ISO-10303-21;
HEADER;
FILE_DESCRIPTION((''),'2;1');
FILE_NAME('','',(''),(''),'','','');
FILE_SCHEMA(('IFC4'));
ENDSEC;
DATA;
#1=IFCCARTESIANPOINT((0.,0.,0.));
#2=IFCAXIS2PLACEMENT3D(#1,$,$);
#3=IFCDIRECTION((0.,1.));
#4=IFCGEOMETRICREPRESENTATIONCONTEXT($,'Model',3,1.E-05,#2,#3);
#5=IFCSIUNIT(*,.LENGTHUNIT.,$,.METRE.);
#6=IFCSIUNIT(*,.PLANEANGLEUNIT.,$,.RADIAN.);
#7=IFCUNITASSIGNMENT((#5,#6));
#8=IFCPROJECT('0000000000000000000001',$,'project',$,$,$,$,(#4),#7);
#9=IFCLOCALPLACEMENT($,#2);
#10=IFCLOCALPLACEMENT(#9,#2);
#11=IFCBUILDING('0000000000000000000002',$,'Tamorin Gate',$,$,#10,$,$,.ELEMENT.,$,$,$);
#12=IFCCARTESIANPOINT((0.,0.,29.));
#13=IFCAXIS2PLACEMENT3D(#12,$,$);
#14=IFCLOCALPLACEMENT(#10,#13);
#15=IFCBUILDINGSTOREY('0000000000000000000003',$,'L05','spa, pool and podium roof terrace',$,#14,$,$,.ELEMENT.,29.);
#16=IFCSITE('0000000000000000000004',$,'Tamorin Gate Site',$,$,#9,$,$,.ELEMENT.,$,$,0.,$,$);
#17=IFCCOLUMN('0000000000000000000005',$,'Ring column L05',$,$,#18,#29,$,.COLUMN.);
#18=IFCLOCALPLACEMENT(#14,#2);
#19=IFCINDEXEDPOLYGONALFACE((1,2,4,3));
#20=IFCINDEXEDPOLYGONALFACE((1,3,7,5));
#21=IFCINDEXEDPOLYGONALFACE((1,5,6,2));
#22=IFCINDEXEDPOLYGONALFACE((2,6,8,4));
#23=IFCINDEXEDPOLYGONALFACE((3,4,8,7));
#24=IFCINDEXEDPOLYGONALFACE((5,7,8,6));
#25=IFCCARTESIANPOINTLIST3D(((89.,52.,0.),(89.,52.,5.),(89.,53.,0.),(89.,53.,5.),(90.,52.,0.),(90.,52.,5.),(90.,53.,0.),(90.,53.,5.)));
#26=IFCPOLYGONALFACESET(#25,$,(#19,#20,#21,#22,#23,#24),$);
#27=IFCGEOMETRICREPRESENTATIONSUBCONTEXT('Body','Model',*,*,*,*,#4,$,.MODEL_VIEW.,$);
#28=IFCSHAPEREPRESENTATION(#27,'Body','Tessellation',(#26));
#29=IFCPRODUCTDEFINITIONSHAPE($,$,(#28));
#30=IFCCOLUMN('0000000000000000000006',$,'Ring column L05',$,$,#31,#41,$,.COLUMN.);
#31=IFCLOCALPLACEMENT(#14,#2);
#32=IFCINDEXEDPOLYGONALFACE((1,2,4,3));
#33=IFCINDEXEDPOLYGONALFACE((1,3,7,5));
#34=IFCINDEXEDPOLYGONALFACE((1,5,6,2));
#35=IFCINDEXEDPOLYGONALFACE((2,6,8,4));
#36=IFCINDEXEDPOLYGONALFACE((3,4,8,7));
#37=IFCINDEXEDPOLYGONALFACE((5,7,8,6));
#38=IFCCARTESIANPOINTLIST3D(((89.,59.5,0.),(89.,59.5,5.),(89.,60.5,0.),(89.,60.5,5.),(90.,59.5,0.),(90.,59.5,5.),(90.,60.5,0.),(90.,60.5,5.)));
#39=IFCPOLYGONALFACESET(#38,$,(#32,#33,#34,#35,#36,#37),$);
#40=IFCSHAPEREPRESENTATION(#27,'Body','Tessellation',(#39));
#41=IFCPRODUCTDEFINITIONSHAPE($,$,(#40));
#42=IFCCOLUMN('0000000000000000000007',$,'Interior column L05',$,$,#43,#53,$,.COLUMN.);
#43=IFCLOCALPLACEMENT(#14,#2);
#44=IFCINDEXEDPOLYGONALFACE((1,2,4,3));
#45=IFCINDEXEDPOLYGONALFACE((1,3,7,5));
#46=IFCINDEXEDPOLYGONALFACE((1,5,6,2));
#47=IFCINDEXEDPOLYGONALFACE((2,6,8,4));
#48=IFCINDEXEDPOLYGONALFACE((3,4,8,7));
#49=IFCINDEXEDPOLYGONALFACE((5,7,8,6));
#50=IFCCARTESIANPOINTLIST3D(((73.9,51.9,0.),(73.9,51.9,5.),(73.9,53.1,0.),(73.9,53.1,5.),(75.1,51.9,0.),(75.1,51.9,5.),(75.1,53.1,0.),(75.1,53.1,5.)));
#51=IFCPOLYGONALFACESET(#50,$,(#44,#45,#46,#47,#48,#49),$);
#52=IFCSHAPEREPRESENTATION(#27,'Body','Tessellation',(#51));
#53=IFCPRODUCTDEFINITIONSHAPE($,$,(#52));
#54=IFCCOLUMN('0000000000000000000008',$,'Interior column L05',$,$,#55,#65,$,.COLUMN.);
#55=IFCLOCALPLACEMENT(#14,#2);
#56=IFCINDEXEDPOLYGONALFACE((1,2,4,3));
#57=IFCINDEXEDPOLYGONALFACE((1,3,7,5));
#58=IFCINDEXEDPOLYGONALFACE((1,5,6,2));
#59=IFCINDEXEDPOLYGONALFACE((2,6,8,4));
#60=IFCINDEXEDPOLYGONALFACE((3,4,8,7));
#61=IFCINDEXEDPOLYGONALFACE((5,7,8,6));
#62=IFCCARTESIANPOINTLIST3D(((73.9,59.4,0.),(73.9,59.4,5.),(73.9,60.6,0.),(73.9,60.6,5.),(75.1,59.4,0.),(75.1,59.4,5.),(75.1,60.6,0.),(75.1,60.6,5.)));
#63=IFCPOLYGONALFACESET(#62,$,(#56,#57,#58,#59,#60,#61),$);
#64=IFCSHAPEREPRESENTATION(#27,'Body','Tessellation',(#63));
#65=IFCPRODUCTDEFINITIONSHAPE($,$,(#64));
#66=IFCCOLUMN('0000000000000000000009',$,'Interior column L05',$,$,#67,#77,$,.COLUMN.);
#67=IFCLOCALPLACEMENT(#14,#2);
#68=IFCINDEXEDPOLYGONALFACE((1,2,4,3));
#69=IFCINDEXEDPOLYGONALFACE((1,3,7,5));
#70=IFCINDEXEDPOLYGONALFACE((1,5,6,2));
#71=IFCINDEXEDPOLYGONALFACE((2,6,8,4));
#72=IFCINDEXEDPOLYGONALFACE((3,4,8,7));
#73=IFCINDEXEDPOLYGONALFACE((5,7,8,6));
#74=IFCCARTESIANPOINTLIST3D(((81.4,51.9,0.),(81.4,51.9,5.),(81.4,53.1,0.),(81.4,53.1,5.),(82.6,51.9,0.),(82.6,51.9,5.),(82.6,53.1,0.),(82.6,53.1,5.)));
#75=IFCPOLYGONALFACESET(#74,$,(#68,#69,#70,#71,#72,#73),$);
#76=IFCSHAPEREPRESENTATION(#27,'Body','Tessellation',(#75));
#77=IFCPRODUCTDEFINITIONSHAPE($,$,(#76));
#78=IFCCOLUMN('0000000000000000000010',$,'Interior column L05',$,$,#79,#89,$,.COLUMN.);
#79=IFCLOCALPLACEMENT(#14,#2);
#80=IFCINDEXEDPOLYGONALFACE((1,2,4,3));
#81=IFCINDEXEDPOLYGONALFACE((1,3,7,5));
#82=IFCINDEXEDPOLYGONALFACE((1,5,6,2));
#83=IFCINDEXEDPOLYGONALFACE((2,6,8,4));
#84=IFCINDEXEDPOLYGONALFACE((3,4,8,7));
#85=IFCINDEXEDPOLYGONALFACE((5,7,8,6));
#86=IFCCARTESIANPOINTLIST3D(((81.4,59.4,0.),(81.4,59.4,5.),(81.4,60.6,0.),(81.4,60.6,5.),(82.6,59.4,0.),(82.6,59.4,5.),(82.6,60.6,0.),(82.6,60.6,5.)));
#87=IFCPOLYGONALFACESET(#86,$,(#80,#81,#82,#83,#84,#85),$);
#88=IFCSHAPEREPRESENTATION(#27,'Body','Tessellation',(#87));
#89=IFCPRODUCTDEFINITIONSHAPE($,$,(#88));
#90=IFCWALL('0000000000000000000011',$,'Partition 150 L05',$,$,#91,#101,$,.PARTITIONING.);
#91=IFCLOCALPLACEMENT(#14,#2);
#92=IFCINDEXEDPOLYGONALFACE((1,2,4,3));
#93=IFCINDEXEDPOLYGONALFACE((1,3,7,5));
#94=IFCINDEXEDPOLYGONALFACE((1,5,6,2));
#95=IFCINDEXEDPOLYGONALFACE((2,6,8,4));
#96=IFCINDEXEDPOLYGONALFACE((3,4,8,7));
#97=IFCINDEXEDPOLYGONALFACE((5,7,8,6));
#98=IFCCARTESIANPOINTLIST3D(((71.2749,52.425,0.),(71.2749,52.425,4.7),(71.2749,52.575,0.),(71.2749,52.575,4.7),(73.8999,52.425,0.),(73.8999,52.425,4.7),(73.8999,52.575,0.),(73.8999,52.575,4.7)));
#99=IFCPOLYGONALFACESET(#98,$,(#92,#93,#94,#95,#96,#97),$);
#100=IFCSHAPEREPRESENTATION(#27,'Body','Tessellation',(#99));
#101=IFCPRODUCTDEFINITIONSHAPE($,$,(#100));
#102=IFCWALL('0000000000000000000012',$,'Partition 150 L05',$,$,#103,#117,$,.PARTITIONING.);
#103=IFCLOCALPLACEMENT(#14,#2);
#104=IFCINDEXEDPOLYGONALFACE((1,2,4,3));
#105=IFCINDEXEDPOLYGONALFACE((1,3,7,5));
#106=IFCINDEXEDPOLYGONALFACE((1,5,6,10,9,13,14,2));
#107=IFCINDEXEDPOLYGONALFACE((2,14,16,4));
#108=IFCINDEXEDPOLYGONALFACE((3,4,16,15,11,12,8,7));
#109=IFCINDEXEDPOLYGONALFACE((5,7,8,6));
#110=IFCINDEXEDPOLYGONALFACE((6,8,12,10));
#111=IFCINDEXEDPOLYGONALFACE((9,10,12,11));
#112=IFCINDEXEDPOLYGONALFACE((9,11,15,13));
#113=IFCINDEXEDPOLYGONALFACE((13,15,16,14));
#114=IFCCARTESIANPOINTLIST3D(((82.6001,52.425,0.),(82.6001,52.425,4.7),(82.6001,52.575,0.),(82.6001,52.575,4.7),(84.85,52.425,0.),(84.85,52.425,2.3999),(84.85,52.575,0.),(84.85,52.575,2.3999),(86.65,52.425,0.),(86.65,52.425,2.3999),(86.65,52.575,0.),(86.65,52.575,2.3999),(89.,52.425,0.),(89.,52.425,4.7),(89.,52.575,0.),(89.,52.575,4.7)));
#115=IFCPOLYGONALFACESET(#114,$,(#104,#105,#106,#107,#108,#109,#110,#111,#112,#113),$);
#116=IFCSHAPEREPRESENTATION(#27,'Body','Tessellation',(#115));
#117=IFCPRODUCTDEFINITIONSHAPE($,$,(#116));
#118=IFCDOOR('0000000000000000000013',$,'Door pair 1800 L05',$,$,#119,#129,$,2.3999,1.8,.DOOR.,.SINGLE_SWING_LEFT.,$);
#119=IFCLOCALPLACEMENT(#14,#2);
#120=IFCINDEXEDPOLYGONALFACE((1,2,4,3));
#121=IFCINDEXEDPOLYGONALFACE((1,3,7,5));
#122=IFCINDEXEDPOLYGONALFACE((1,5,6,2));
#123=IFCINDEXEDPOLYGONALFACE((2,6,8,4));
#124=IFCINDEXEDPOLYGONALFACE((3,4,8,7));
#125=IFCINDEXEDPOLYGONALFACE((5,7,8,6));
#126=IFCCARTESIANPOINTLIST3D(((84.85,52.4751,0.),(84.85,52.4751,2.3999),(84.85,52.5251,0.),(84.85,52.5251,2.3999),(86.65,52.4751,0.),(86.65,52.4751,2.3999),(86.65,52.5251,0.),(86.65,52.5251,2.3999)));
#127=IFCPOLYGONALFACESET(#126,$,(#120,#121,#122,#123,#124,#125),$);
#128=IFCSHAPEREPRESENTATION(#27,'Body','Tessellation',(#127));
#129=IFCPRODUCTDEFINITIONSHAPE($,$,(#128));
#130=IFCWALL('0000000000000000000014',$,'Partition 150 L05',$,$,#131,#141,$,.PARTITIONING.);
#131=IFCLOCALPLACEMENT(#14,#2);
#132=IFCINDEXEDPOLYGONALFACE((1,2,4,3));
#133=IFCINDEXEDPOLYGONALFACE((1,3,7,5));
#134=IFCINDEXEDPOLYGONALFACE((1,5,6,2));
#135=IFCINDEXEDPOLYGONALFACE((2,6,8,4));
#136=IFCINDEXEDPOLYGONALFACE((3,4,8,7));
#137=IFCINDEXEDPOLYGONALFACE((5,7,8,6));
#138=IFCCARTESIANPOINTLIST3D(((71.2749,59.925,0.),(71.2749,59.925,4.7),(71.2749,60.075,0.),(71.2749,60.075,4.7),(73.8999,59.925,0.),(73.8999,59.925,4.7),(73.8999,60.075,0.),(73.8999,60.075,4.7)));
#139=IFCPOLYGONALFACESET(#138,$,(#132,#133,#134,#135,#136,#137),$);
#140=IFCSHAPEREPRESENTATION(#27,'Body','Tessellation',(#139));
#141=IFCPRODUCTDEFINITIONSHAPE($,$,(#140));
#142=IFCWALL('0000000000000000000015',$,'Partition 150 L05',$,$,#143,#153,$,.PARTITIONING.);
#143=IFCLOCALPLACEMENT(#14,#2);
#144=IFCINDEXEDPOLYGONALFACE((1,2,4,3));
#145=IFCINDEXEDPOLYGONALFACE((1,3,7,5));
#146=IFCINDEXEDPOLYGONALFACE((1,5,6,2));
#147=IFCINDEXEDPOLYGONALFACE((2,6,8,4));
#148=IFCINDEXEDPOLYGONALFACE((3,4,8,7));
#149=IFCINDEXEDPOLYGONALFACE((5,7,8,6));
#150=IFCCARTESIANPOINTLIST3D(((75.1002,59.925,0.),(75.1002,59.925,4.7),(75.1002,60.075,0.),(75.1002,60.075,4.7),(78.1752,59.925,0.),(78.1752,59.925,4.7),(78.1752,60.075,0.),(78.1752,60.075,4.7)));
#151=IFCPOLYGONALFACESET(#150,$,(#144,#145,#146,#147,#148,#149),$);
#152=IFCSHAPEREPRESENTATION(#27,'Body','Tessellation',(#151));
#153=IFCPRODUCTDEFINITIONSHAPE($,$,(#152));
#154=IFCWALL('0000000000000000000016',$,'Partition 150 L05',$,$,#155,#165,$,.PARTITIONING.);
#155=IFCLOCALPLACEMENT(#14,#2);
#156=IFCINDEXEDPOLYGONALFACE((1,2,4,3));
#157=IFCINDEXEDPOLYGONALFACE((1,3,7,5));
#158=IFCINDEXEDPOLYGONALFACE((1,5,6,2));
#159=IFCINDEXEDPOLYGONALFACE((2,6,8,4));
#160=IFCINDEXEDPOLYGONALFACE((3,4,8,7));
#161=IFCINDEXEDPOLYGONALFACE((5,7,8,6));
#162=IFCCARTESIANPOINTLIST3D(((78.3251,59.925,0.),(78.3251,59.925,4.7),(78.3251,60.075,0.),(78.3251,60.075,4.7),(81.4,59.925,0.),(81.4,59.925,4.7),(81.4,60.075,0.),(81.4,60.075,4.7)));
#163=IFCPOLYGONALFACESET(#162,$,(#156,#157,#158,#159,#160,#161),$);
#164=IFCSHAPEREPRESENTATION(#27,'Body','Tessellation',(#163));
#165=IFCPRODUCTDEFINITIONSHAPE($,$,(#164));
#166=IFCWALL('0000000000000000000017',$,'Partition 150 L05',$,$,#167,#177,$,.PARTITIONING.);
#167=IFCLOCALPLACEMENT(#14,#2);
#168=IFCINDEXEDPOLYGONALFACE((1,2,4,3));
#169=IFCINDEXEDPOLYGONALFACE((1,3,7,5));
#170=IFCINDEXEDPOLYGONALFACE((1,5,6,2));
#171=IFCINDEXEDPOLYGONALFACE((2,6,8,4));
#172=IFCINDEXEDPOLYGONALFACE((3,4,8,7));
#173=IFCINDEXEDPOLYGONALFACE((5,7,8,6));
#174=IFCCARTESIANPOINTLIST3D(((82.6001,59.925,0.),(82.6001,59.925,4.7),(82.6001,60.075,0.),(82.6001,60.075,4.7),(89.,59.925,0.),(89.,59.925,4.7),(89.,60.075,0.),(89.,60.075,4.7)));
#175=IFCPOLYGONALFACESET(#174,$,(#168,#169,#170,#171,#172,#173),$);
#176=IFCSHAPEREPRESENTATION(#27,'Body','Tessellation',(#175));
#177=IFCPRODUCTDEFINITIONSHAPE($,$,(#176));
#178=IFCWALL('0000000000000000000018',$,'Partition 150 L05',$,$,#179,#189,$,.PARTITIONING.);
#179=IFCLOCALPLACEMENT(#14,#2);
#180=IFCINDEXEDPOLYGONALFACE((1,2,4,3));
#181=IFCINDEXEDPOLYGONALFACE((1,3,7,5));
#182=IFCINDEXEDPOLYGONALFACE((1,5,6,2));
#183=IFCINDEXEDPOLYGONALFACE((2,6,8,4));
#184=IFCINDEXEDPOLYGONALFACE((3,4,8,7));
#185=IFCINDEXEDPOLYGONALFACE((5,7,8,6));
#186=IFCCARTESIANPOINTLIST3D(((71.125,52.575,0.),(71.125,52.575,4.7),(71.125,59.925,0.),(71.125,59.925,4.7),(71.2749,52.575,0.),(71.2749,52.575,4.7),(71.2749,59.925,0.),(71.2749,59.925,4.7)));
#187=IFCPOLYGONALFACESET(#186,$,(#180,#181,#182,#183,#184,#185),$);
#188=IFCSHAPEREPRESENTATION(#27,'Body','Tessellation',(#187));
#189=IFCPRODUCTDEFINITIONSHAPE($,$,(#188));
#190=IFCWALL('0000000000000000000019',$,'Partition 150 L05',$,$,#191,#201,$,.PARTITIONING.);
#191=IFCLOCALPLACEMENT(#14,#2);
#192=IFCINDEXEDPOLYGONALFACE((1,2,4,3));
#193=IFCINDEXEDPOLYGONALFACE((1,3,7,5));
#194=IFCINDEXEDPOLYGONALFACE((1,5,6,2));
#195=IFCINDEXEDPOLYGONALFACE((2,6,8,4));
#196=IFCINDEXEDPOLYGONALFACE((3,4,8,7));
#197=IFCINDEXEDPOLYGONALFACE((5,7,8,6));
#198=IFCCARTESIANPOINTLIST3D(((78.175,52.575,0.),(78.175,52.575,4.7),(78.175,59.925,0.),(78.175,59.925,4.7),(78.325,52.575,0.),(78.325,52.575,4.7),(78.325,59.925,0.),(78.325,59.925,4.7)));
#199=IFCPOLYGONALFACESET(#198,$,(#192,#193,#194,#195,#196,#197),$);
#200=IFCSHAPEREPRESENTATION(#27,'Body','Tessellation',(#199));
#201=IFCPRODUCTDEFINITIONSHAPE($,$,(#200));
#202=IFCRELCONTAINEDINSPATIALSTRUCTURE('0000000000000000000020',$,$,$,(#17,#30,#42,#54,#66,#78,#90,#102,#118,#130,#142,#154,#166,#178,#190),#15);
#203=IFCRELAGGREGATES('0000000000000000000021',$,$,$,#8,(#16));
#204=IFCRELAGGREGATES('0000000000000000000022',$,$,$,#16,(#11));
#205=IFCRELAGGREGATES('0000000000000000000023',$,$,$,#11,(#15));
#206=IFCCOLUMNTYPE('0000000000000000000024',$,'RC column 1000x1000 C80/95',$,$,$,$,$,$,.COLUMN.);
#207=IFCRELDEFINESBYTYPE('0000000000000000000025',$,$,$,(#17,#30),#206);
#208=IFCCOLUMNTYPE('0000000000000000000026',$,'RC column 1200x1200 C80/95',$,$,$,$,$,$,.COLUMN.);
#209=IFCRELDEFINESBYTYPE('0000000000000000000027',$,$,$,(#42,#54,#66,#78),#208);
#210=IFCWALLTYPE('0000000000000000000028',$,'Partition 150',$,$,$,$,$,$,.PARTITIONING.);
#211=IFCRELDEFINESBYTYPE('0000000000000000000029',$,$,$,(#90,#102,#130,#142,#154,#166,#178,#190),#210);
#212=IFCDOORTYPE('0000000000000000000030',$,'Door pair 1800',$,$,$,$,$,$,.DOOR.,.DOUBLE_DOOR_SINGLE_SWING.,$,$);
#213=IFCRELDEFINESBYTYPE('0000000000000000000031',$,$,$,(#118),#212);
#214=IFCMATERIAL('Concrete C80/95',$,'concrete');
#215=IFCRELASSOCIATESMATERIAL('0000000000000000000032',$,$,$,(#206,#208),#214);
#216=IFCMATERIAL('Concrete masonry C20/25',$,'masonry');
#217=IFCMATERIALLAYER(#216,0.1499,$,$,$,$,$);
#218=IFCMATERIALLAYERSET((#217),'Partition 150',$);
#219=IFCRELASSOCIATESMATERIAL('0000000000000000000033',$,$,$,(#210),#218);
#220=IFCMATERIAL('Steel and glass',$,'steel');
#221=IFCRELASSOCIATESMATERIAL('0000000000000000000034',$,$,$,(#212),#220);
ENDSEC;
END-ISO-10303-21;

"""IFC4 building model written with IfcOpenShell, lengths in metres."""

from ifc_helpers import new_model, si_unit, direction, frame, frame_2d, origin, origin_2d, place, context, subcontext, project, spatial, rectangle, extrude, material, layer, layer_set, material_profile, profile_set, type_object, element, fill, save


model = new_model("IFC4")

# Units and contexts
model_context = context("Model", 3, precision=1e-05, world=origin(), true_north=direction((0.0, 1.0)))
body_context = subcontext(model_context, "Body", "Model", "MODEL_VIEW")
ifc_project = project(units=[si_unit("LENGTHUNIT", "METRE"), si_unit("PLANEANGLEUNIT", "RADIAN")], contexts=[model_context])

# Site, building, storey
site_placement = place(None, origin())
site = spatial("IfcSite", under=ifc_project, at=site_placement, Name="Tamorin Gate Site", CompositionType="ELEMENT", RefElevation=0.0)
building_placement = place(site_placement, origin())
building = spatial("IfcBuilding", under=site, at=building_placement, Name="Tamorin Gate", CompositionType="ELEMENT")
storey_placement = place(building_placement, frame((0.0, 0.0, 29.0)))
storey = spatial("IfcBuildingStorey", under=building, at=storey_placement, Name="L05", Description="spa, pool and podium roof terrace", CompositionType="ELEMENT", Elevation=29.0)

# Columns
ifc_material_1 = material(Name="Concrete C80/95", Category="concrete")
ifc_material_profile_1 = material_profile(ifc_material_1, rectangle(XDim=1.0, YDim=1.0, at=origin_2d()), Name="RC 1000x1000")
ifc_profile_set_1 = profile_set([ifc_material_profile_1], Name="Concrete C80/95")
column_type_1 = type_object("IfcColumnType", Name="RC column 1000x1000 C80/95", PredefinedType="COLUMN", material=ifc_profile_set_1)
for number, where, z_axis, x_axis, name in (
    (1, (89.5, 52.5, 0.0), (0.0, 0.0, 1.0), (1.0, 0.0, 0.0), "Ring column L05"),
    (2, (89.5, 60.0, 0.0), (0.0, 0.0, 1.0), (1.0, 0.0, 0.0), "Ring column L05"),
):
    element("IfcColumn", number, at=place(storey_placement, frame(where, z_axis=z_axis, x_axis=x_axis)), inside=storey, type_object=column_type_1, Name=name, PredefinedType="COLUMN", context=body_context, shape_type="SweptSolid", body=[
        extrude(rectangle(XDim=1.0, YDim=1.0, at=origin_2d()), origin(), (0.0, 0.0, 1.0), 5.0),
    ])
ifc_material_profile_2 = material_profile(ifc_material_1, rectangle(XDim=1.2, YDim=1.2, at=origin_2d()), Name="RC 1200x1200")
ifc_profile_set_2 = profile_set([ifc_material_profile_2], Name="Concrete C80/95")
column_type_2 = type_object("IfcColumnType", Name="RC column 1200x1200 C80/95", PredefinedType="COLUMN", material=ifc_profile_set_2)
for number, where, z_axis, x_axis, name in (
    (3, (74.5, 52.5, 0.0), (0.0, 0.0, 1.0), (1.0, 0.0, 0.0), "Interior column L05"),
    (4, (74.5, 60.0, 0.0), (0.0, 0.0, 1.0), (1.0, 0.0, 0.0), "Interior column L05"),
    (5, (82.0, 52.5, 0.0), (0.0, 0.0, 1.0), (1.0, 0.0, 0.0), "Interior column L05"),
    (6, (82.0, 60.0, 0.0), (0.0, 0.0, 1.0), (1.0, 0.0, 0.0), "Interior column L05"),
):
    element("IfcColumn", number, at=place(storey_placement, frame(where, z_axis=z_axis, x_axis=x_axis)), inside=storey, type_object=column_type_2, Name=name, PredefinedType="COLUMN", context=body_context, shape_type="SweptSolid", body=[
        extrude(rectangle(XDim=1.2, YDim=1.2, at=origin_2d()), origin(), (0.0, 0.0, 1.0), 5.0),
    ])

# Wall
ifc_material_2 = material(Name="Concrete masonry C20/25", Category="masonry")
ifc_layer = layer(ifc_material_2, 0.1499)
ifc_layer_set = layer_set([ifc_layer], Name="Partition 150")
wall_type = type_object("IfcWallType", Name="Partition 150", PredefinedType="PARTITIONING", material=ifc_layer_set)
wall_1_placement = place(storey_placement, frame((71.2749, 52.5, 0.0), z_axis=(0.0, 0.0, 1.0), x_axis=(1.0, 0.0, 0.0)))
element("IfcWall", 7, at=wall_1_placement, inside=storey, type_object=wall_type, Name="Partition 150 L05", PredefinedType="PARTITIONING", context=body_context, shape_type="SweptSolid", body=[
    extrude(rectangle(XDim=2.625, YDim=0.1499, at=frame_2d((1.3125, 0.0))), origin(), (0.0, 0.0, 1.0), 4.7),
])

# Wall, opening, door
ifc_material_3 = material(Name="Steel and glass", Category="steel")
door_type = type_object("IfcDoorType", Name="Door pair 1800", OperationType="DOUBLE_DOOR_SINGLE_SWING", PredefinedType="DOOR", material=ifc_material_3)
wall_2_placement = place(storey_placement, frame((89.0, 52.5, 0.0), z_axis=(0.0, 0.0, 1.0), x_axis=(-1.0, 0.0, 0.0)))
wall_2 = element("IfcWall", 8, at=wall_2_placement, inside=storey, type_object=wall_type, Name="Partition 150 L05", PredefinedType="PARTITIONING", context=body_context, shape_type="SweptSolid", body=[
    extrude(rectangle(XDim=6.3999, YDim=0.1499, at=frame_2d((3.2, 0.0))), origin(), (0.0, 0.0, 1.0), 4.7),
])
opening_1_placement = place(wall_2_placement, frame((2.3501, 0.0, 0.0)))
opening_1 = element("IfcOpeningElement", 9, at=opening_1_placement, cuts=wall_2, PredefinedType="OPENING", context=body_context, shape_type="SweptSolid", body=[
    extrude(rectangle(XDim=1.8, YDim=2.3999, at=frame_2d((0.8999, 1.2))), frame((0.0, 0.085, 0.0), z_axis=(0.0, -1.0, 0.0), x_axis=(1.0, 0.0, 0.0)), (0.0, 0.0, 1.0), 0.1699),
])
door_1_placement = place(opening_1_placement, origin())
door_1 = element("IfcDoor", 10, at=door_1_placement, inside=storey, type_object=door_type, Name="Door pair 1800 L05", OperationType="SINGLE_SWING_LEFT", OverallHeight=2.3999, OverallWidth=1.8, PredefinedType="DOOR", context=body_context, shape_type="SweptSolid", body=[
    extrude(rectangle(XDim=1.8, YDim=2.3999, at=frame_2d((0.8999, 1.2))), frame((0.0, 0.0249, 0.0), z_axis=(0.0, -1.0, 0.0), x_axis=(1.0, 0.0, 0.0)), (0.0, 0.0, 1.0), 0.05),
])
fill(opening_1, door_1)

# Walls
wall_3_placement = place(storey_placement, frame((71.2749, 60.0, 0.0), z_axis=(0.0, 0.0, 1.0), x_axis=(1.0, 0.0, 0.0)))
element("IfcWall", 11, at=wall_3_placement, inside=storey, type_object=wall_type, Name="Partition 150 L05", PredefinedType="PARTITIONING", context=body_context, shape_type="SweptSolid", body=[
    extrude(rectangle(XDim=2.625, YDim=0.1499, at=frame_2d((1.3125, 0.0))), origin(), (0.0, 0.0, 1.0), 4.7),
])
for number, where, z_axis, x_axis, name in (
    (12, (75.1001, 60.0, 0.0), (0.0, 0.0, 1.0), (1.0, 0.0, 0.0), "Partition 150 L05"),
    (13, (78.325, 60.0, 0.0), (0.0, 0.0, 1.0), (1.0, 0.0, 0.0), "Partition 150 L05"),
):
    element("IfcWall", number, at=place(storey_placement, frame(where, z_axis=z_axis, x_axis=x_axis)), inside=storey, type_object=wall_type, Name=name, PredefinedType="PARTITIONING", context=body_context, shape_type="SweptSolid", body=[
        extrude(rectangle(XDim=3.075, YDim=0.1499, at=frame_2d((1.5376, 0.0))), origin(), (0.0, 0.0, 1.0), 4.7),
    ])
wall_4_placement = place(storey_placement, frame((82.6001, 60.0, 0.0), z_axis=(0.0, 0.0, 1.0), x_axis=(1.0, 0.0, 0.0)))
element("IfcWall", 14, at=wall_4_placement, inside=storey, type_object=wall_type, Name="Partition 150 L05", PredefinedType="PARTITIONING", context=body_context, shape_type="SweptSolid", body=[
    extrude(rectangle(XDim=6.3999, YDim=0.1499, at=frame_2d((3.2, 0.0))), origin(), (0.0, 0.0, 1.0), 4.7),
])
for number, where, z_axis, x_axis, name in (
    (15, (71.2, 52.575, 0.0), (0.0, 0.0, 1.0), (0.0, 1.0, 0.0), "Partition 150 L05"),
    (16, (78.25, 52.575, 0.0), (0.0, 0.0, 1.0), (0.0, 1.0, 0.0), "Partition 150 L05"),
):
    element("IfcWall", number, at=place(storey_placement, frame(where, z_axis=z_axis, x_axis=x_axis)), inside=storey, type_object=wall_type, Name=name, PredefinedType="PARTITIONING", context=body_context, shape_type="SweptSolid", body=[
        extrude(rectangle(XDim=7.3501, YDim=0.1499, at=frame_2d((3.675, 0.0))), origin(), (0.0, 0.0, 1.0), 4.7),
    ])

save(model, "model.ifc")
